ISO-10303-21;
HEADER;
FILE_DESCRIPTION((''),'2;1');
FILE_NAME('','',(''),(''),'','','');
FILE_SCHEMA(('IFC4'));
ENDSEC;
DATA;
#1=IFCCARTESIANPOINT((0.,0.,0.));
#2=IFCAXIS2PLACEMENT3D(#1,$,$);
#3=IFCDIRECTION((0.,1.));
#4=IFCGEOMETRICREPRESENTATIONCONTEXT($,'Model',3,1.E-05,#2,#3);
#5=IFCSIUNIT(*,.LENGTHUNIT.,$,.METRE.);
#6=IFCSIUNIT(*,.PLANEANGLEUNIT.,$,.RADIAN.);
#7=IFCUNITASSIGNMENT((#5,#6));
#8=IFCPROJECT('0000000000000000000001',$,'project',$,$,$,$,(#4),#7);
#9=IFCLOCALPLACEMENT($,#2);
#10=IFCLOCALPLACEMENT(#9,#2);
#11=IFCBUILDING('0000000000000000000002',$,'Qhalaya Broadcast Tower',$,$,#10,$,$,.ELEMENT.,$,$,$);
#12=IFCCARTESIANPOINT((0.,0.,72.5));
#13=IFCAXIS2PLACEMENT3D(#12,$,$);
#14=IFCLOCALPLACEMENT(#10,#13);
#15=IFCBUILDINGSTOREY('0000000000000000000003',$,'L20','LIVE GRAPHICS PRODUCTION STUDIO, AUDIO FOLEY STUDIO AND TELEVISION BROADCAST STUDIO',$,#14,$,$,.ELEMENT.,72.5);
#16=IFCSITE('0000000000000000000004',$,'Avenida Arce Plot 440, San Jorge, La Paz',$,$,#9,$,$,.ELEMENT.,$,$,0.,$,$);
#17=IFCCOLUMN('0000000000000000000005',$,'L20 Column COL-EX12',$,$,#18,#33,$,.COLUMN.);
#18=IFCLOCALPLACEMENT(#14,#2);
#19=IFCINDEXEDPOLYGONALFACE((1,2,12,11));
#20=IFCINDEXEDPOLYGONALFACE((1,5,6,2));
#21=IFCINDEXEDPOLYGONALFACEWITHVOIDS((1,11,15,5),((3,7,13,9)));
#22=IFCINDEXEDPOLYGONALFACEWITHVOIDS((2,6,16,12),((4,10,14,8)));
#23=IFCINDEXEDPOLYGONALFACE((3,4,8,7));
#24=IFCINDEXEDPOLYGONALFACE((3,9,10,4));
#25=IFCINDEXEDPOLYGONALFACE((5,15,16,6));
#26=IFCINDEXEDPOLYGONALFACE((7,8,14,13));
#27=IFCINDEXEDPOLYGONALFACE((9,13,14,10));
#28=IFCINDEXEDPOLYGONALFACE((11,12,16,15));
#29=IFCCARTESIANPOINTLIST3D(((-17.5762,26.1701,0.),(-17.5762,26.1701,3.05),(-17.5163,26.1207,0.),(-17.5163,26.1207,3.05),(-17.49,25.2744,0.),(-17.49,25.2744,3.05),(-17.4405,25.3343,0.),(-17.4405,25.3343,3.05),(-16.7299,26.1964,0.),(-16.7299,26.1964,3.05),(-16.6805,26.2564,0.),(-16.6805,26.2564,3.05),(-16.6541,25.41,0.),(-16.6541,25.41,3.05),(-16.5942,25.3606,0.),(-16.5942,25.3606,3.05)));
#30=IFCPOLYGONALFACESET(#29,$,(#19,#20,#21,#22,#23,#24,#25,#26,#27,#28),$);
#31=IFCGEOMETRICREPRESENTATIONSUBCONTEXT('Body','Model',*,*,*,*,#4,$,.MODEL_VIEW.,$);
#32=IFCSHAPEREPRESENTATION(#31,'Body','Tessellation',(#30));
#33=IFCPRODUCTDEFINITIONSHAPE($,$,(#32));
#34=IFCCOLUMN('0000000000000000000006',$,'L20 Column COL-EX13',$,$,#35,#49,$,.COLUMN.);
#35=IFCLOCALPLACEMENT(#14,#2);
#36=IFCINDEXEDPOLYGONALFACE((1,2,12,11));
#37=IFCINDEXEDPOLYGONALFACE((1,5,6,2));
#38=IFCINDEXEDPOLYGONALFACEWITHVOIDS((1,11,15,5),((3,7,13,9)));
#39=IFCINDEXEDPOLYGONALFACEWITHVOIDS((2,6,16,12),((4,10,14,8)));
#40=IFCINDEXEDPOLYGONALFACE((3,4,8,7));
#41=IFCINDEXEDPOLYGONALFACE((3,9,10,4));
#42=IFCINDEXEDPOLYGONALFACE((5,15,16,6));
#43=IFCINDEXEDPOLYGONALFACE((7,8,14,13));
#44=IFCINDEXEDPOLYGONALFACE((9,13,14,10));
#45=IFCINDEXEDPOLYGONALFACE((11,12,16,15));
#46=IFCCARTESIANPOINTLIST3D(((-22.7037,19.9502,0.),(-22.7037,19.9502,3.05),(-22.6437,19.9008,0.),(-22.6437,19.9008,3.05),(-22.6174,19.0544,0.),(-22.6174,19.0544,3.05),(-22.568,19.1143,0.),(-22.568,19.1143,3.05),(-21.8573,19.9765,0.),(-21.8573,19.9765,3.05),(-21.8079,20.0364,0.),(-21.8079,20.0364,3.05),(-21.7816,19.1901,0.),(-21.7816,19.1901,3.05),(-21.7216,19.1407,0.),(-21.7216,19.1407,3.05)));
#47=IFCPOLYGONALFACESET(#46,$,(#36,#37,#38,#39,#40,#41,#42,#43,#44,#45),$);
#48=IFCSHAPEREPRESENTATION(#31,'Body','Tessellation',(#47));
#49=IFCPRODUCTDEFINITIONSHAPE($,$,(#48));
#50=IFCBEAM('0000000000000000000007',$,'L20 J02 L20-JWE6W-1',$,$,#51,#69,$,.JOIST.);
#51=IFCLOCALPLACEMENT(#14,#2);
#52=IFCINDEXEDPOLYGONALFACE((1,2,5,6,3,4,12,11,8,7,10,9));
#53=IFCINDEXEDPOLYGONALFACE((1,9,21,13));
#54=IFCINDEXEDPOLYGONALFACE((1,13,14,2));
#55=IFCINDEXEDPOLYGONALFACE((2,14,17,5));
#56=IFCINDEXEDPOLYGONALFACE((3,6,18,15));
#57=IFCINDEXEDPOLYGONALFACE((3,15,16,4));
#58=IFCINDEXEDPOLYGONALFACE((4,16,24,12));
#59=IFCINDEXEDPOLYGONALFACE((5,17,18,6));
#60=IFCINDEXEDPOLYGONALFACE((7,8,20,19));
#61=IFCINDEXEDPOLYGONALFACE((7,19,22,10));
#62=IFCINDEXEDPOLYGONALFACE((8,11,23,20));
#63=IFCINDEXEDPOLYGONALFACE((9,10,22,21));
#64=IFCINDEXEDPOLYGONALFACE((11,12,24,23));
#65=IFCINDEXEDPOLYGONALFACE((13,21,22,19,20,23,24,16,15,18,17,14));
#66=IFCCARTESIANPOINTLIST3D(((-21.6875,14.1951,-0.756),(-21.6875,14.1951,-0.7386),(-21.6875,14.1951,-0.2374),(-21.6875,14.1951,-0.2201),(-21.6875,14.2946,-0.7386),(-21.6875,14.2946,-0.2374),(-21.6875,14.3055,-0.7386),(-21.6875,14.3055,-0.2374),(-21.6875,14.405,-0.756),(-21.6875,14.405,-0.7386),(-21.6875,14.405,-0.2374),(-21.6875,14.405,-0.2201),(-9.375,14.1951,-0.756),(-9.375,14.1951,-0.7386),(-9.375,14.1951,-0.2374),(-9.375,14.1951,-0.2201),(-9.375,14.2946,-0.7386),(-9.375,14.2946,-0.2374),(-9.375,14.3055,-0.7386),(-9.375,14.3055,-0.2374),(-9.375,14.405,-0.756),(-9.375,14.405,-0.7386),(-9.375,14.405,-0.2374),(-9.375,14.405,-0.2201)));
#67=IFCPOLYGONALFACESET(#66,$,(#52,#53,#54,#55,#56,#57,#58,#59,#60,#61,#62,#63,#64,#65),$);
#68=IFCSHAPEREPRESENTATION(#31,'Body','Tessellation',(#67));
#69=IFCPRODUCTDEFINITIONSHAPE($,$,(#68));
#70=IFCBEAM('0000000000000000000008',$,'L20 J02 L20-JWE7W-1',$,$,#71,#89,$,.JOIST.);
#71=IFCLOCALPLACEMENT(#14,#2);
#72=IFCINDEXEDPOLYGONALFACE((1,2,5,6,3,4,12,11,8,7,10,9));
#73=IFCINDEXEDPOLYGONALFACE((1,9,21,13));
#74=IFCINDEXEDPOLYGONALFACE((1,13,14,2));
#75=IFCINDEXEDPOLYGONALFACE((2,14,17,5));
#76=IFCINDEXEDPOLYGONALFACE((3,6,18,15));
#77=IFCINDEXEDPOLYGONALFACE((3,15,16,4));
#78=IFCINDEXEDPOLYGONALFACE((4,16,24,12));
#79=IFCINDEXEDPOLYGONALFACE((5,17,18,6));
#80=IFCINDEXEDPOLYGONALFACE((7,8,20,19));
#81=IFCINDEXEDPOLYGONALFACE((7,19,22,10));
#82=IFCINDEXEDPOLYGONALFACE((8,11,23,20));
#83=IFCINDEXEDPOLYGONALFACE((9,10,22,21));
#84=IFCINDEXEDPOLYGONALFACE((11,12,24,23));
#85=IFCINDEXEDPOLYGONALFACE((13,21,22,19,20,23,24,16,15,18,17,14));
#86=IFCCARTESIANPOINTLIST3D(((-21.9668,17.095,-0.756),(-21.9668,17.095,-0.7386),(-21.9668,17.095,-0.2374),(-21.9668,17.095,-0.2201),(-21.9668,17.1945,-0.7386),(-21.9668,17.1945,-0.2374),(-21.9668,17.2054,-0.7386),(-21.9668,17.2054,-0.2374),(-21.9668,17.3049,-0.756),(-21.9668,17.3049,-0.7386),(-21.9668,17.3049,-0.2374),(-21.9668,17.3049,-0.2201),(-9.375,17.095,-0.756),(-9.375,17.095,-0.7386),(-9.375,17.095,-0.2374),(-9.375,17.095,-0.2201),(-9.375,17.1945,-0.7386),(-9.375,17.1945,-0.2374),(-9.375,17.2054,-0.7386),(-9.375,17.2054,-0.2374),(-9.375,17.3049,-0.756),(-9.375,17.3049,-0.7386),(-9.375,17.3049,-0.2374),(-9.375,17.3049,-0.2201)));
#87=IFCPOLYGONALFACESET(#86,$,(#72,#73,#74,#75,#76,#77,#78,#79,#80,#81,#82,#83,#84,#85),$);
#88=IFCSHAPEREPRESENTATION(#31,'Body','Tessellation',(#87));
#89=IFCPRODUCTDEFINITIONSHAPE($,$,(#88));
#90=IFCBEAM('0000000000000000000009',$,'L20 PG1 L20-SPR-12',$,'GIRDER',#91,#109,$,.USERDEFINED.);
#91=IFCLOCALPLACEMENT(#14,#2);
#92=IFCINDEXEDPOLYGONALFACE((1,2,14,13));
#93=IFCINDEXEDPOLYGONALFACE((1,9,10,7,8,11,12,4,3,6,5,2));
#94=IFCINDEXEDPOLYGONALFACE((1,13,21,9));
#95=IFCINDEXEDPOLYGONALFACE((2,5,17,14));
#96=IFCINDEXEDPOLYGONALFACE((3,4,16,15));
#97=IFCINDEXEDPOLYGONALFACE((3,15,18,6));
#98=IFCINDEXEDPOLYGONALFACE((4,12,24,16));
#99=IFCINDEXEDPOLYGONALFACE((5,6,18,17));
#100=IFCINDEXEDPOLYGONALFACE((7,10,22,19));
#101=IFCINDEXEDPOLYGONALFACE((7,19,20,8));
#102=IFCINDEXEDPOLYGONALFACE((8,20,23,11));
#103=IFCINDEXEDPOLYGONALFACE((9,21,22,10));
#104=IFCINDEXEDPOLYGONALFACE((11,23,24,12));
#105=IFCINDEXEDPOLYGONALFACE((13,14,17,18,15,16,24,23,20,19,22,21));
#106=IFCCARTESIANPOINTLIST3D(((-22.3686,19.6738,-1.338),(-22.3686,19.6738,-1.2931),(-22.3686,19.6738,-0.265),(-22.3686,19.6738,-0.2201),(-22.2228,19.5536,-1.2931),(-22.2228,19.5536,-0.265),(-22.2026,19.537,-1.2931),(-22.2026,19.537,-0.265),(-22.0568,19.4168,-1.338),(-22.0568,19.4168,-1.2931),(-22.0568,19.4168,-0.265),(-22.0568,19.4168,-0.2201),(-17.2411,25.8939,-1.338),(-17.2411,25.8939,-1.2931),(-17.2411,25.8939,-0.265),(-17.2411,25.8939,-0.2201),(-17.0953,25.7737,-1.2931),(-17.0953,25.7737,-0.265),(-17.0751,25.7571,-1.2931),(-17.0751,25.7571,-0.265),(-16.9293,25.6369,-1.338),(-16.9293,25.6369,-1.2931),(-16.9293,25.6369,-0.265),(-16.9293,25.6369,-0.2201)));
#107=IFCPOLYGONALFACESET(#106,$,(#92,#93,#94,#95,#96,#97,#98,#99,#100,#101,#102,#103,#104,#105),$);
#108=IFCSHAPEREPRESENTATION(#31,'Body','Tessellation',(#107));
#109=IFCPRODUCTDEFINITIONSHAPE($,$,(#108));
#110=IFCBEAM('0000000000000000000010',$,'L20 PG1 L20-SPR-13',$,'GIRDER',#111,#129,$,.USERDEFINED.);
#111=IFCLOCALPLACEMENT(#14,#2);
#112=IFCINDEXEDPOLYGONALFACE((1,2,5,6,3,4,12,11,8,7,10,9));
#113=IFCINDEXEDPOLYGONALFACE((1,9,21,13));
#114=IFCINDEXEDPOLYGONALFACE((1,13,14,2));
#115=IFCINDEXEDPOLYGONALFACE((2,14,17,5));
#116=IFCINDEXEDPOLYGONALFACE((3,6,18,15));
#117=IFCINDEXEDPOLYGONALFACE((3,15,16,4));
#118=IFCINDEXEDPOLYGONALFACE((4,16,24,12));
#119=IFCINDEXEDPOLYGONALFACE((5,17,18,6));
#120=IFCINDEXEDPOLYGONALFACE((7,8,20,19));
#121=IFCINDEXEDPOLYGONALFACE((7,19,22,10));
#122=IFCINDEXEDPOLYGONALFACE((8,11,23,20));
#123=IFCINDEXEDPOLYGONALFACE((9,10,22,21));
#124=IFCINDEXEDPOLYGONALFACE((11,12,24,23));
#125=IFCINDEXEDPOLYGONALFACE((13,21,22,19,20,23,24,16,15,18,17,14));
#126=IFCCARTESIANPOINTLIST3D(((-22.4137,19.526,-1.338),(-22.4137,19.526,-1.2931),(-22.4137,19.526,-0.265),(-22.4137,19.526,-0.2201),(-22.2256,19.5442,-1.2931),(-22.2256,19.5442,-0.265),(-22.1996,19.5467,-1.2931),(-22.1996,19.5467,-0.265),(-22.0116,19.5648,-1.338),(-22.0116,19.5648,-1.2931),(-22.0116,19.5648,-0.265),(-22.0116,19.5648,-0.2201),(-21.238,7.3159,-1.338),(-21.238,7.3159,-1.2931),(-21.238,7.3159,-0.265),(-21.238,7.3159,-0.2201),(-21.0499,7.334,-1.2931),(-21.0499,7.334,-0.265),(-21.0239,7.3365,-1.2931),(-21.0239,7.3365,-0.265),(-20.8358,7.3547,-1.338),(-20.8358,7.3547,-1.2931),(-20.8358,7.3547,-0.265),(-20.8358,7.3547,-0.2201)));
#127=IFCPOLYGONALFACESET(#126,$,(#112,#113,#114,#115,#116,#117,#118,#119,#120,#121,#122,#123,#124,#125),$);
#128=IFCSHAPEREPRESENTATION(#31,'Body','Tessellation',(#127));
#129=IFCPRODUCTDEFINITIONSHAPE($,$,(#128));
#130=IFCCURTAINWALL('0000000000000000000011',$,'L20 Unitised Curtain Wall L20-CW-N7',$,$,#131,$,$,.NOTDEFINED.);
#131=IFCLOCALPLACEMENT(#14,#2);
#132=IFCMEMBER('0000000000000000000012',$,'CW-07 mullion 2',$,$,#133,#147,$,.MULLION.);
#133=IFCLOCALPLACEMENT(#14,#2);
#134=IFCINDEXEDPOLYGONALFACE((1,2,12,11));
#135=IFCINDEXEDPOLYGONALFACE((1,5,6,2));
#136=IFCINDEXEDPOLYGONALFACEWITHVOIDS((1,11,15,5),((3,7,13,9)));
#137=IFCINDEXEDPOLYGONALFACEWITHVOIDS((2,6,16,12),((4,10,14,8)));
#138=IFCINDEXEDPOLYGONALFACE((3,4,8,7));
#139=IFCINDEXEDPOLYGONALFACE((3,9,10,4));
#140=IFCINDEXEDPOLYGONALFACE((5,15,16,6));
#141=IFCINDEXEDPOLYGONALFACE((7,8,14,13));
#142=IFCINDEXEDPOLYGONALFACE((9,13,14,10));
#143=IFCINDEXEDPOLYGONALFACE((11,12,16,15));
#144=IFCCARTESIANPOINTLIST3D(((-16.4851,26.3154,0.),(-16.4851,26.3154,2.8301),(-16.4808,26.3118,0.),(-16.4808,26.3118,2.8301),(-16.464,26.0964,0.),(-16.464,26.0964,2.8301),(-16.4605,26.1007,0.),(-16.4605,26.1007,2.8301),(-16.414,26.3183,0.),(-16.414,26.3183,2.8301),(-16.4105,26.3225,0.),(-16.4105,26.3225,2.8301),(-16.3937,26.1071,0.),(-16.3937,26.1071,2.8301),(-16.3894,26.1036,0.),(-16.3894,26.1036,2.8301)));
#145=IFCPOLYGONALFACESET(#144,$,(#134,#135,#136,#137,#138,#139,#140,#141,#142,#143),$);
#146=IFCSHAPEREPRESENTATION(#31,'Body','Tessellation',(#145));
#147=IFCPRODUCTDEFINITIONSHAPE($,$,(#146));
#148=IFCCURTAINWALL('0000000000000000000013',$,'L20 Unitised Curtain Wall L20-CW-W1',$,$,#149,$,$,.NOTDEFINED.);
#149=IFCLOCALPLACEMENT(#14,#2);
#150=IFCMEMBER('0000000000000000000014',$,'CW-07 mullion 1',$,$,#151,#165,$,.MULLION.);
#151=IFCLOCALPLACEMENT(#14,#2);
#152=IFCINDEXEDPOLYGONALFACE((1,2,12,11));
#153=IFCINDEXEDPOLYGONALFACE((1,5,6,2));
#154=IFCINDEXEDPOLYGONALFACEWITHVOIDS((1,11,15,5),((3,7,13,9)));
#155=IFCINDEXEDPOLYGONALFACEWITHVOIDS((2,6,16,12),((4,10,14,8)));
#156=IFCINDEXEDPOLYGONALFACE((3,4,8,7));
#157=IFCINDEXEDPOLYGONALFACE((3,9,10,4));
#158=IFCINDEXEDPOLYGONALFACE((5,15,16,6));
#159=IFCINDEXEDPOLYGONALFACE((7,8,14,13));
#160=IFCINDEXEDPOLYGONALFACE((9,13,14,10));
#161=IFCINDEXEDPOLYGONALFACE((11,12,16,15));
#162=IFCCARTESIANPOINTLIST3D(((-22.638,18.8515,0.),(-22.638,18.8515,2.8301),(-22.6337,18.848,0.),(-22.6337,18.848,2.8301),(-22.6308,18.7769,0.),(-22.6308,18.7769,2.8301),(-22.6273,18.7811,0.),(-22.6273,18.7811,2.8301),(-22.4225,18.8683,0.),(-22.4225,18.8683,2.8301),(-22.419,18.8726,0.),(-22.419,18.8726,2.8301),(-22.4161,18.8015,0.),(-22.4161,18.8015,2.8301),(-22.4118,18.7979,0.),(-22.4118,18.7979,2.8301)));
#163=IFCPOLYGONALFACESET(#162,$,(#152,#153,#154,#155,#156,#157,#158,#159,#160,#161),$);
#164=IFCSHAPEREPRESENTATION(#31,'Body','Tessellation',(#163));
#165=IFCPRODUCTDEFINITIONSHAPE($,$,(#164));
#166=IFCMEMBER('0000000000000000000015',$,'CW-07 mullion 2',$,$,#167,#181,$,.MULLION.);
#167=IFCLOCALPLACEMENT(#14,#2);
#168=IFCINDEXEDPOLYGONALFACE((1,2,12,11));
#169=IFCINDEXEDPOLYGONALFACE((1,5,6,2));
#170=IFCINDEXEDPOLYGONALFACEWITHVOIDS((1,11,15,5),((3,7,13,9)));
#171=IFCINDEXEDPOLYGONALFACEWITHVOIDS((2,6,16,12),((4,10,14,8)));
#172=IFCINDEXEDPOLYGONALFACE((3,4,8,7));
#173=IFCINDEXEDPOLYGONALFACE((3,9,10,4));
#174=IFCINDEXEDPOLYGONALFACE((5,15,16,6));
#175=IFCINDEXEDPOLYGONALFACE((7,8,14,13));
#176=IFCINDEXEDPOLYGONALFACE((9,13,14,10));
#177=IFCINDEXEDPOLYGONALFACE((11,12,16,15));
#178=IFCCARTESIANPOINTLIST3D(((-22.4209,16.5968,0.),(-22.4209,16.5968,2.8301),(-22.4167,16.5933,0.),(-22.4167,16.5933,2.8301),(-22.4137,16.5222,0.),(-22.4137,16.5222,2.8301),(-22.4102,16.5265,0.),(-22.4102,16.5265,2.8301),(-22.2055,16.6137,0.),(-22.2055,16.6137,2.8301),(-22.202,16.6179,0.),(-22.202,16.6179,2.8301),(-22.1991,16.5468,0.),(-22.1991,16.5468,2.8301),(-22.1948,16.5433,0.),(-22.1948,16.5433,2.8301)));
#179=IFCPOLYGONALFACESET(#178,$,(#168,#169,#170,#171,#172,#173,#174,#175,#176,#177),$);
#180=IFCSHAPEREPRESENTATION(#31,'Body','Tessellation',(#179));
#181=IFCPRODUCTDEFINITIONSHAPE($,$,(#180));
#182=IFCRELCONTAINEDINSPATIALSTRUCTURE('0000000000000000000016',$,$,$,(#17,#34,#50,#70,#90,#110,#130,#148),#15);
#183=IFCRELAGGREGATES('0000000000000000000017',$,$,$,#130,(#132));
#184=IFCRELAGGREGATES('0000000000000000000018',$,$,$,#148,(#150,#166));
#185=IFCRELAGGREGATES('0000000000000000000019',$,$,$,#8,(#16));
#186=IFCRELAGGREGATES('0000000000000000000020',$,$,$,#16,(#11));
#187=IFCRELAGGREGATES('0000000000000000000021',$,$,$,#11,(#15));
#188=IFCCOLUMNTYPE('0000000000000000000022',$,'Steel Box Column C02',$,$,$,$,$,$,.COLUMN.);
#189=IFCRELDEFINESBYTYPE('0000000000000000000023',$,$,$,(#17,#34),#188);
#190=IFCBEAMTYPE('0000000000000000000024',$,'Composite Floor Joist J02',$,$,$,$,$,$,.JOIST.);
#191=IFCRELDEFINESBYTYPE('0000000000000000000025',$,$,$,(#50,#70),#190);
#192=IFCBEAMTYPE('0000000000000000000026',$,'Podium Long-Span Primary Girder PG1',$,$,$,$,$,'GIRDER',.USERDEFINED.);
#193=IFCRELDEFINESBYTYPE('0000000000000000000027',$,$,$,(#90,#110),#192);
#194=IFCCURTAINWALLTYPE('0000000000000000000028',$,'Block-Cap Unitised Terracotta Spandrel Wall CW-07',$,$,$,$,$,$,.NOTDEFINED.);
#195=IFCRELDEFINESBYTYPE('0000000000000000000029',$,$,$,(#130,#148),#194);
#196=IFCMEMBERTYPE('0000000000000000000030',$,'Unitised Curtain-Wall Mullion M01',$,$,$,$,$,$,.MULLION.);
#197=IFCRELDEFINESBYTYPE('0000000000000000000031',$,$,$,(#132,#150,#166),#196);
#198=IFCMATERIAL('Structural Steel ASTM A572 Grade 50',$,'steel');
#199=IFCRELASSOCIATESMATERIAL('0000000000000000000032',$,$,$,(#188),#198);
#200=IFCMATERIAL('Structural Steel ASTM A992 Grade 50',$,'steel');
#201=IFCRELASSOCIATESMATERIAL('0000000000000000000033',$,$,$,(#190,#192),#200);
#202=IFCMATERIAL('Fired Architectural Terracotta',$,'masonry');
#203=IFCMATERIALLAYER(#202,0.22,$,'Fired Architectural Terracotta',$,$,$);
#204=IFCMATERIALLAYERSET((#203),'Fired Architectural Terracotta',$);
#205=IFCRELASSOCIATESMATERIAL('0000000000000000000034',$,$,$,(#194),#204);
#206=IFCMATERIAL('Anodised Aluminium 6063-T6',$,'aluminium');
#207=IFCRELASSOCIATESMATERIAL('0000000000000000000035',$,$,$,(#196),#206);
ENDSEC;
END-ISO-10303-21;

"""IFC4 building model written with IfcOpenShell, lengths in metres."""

from ifc_helpers import new_model, si_unit, direction, frame, origin, origin_2d, place, context, subcontext, project, spatial, hollow_rectangle, i_section, extrude, material, layer, layer_set, material_profile, profile_set, type_object, element, aggregate, save


model = new_model("IFC4")

# Units and contexts
model_context = context("Model", 3, precision=1e-05, world=origin(), true_north=direction((0.0, 1.0)))
body_context = subcontext(model_context, "Body", "Model", "MODEL_VIEW")
ifc_project = project(units=[si_unit("LENGTHUNIT", "METRE"), si_unit("PLANEANGLEUNIT", "RADIAN")], contexts=[model_context])

# Site, building, storey
site_placement = place(None, origin())
site = spatial("IfcSite", under=ifc_project, at=site_placement, Name="Avenida Arce Plot 440, San Jorge, La Paz", CompositionType="ELEMENT", RefElevation=0.0)
building_placement = place(site_placement, origin())
building = spatial("IfcBuilding", under=site, at=building_placement, Name="Qhalaya Broadcast Tower", CompositionType="ELEMENT")
storey_placement = place(building_placement, frame((0.0, 0.0, 72.5)))
storey = spatial("IfcBuildingStorey", under=building, at=storey_placement, Name="L20", Description="LIVE GRAPHICS PRODUCTION STUDIO, AUDIO FOLEY STUDIO AND TELEVISION BROADCAST STUDIO", CompositionType="ELEMENT", Elevation=72.5)

# Columns
ifc_material_1 = material(Name="Structural Steel ASTM A572 Grade 50", Category="steel")
ifc_material_profile_1 = material_profile(ifc_material_1, hollow_rectangle(XDim=0.8999, YDim=0.8999, WallThickness=0.0549, at=origin_2d()), Name="BOX 900x900x55")
ifc_profile_set_1 = profile_set([ifc_material_profile_1], Name="Structural Steel ASTM A572 Grade 50")
column_type = type_object("IfcColumnType", Name="Steel Box Column C02", PredefinedType="COLUMN", material=ifc_profile_set_1)
for number, where, z_axis, x_axis, name in (
    (1, (-17.0852, 25.7654, 0.0), (0.0, 0.0, 1.0), (0.995396, 0.095846, 0.0), "L20 Column COL-EX12"),
    (2, (-22.2126, 19.5454, 0.0), (0.0, 0.0, 1.0), (-0.095846, 0.995396, 0.0), "L20 Column COL-EX13"),
):
    element("IfcColumn", number, at=place(storey_placement, frame(where, z_axis=z_axis, x_axis=x_axis)), inside=storey, type_object=column_type, Name=name, PredefinedType="COLUMN", context=body_context, shape_type="SweptSolid", body=[
        extrude(hollow_rectangle(XDim=0.8999, YDim=0.8999, WallThickness=0.0549, at=origin_2d()), origin(), (0.0, 0.0, 1.0), 3.05),
    ])

# Beams
ifc_material_2 = material(Name="Structural Steel ASTM A992 Grade 50", Category="steel")
ifc_material_profile_2 = material_profile(ifc_material_2, i_section(OverallWidth=0.21, OverallDepth=0.5359, WebThickness=0.011, FlangeThickness=0.0173, at=origin_2d()), Name="W21X68")
ifc_profile_set_2 = profile_set([ifc_material_profile_2], Name="Structural Steel ASTM A992 Grade 50")
beam_type_1 = type_object("IfcBeamType", Name="Composite Floor Joist J02", PredefinedType="JOIST", material=ifc_profile_set_2)
beam_1_placement = place(storey_placement, frame((-21.6875, 14.3, -0.488), z_axis=(1.0, 0.0, 0.0), x_axis=(0.0, 1.0, 0.0)))
element("IfcBeam", 3, at=beam_1_placement, inside=storey, type_object=beam_type_1, Name="L20 J02 L20-JWE6W-1", PredefinedType="JOIST", context=body_context, shape_type="SweptSolid", body=[
    extrude(i_section(OverallWidth=0.21, OverallDepth=0.5359, WebThickness=0.011, FlangeThickness=0.0173, at=origin_2d()), origin(), (0.0, 0.0, 1.0), 12.3125),
])
beam_2_placement = place(storey_placement, frame((-21.9668, 17.2, -0.488), z_axis=(1.0, 0.0, 0.0), x_axis=(0.0, 1.0, 0.0)))
element("IfcBeam", 4, at=beam_2_placement, inside=storey, type_object=beam_type_1, Name="L20 J02 L20-JWE7W-1", PredefinedType="JOIST", context=body_context, shape_type="SweptSolid", body=[
    extrude(i_section(OverallWidth=0.21, OverallDepth=0.5359, WebThickness=0.011, FlangeThickness=0.0173, at=origin_2d()), origin(), (0.0, 0.0, 1.0), 12.5918),
])
ifc_material_profile_3 = material_profile(ifc_material_2, i_section(OverallWidth=0.4041, OverallDepth=1.1179, WebThickness=0.0261, FlangeThickness=0.0449, at=origin_2d()), Name="W44X335")
ifc_profile_set_3 = profile_set([ifc_material_profile_3], Name="Structural Steel ASTM A992 Grade 50")
beam_type_2 = type_object("IfcBeamType", Name="Podium Long-Span Primary Girder PG1", ElementType="GIRDER", PredefinedType="USERDEFINED", material=ifc_profile_set_3)
beam_3_placement = place(storey_placement, frame((-17.0852, 25.7654, -0.7791), z_axis=(-0.636085, -0.771619, 0.0), x_axis=(0.771619, -0.636085, 0.0)))
element("IfcBeam", 5, at=beam_3_placement, inside=storey, type_object=beam_type_2, Name="L20 PG1 L20-SPR-12", ObjectType="GIRDER", PredefinedType="USERDEFINED", context=body_context, shape_type="SweptSolid", body=[
    extrude(i_section(OverallWidth=0.4041, OverallDepth=1.1179, WebThickness=0.0261, FlangeThickness=0.0449, at=origin_2d()), origin(), (0.0, 0.0, 1.0), 8.061),
])
beam_4_placement = place(storey_placement, frame((-22.2126, 19.5454, -0.7791), z_axis=(0.095852, -0.995396, 0.0), x_axis=(0.995396, 0.095852, 0.0)))
element("IfcBeam", 6, at=beam_4_placement, inside=storey, type_object=beam_type_2, Name="L20 PG1 L20-SPR-13", ObjectType="GIRDER", PredefinedType="USERDEFINED", context=body_context, shape_type="SweptSolid", body=[
    extrude(i_section(OverallWidth=0.4041, OverallDepth=1.1179, WebThickness=0.0261, FlangeThickness=0.0449, at=origin_2d()), origin(), (0.0, 0.0, 1.0), 12.2666),
])

# Curtain wall, member
ifc_material_3 = material(Name="Fired Architectural Terracotta", Category="masonry")
ifc_layer_1 = layer(ifc_material_3, 0.22, Name="Fired Architectural Terracotta")
ifc_layer_set_1 = layer_set([ifc_layer_1], Name="Fired Architectural Terracotta")
curtain_wall_type_1 = type_object("IfcCurtainWallType", Name="Block-Cap Unitised Terracotta Spandrel Wall CW-07", PredefinedType="NOTDEFINED", material=ifc_layer_set_1)
curtain_wall_1_placement = place(storey_placement, origin())
curtain_wall_1 = element("IfcCurtainWall", 7, at=curtain_wall_1_placement, inside=storey, type_object=curtain_wall_type_1, Name="L20 Unitised Curtain Wall L20-CW-N7", PredefinedType="NOTDEFINED")
ifc_material_4 = material(Name="Anodised Aluminium 6063-T6", Category="aluminium")
ifc_material_profile_4 = material_profile(ifc_material_4, hollow_rectangle(XDim=0.075, YDim=0.22, WallThickness=0.0039, at=origin_2d()), Name="ALU-MUL 75x220x4")
ifc_profile_set_4 = profile_set([ifc_material_profile_4], Name="Anodised Aluminium 6063-T6")
member_type_1 = type_object("IfcMemberType", Name="Unitised Curtain-Wall Mullion M01", PredefinedType="MULLION", material=ifc_profile_set_4)
member_1_placement = place(storey_placement, frame((-16.4373, 26.2095, 0.0), z_axis=(0.0, 0.0, 1.0), x_axis=(-0.995396, -0.095846, 0.0)))
member_1 = element("IfcMember", 8, at=member_1_placement, type_object=member_type_1, Name="CW-07 mullion 2", PredefinedType="MULLION", context=body_context, shape_type="SweptSolid", body=[
    extrude(hollow_rectangle(XDim=0.075, YDim=0.22, WallThickness=0.0039, at=origin_2d()), origin(), (0.0, 0.0, 1.0), 2.8301),
])

# Curtain wall, members
curtain_wall_2_placement = place(storey_placement, origin())
curtain_wall_2 = element("IfcCurtainWall", 9, at=curtain_wall_2_placement, inside=storey, type_object=curtain_wall_type_1, Name="L20 Unitised Curtain Wall L20-CW-W1", PredefinedType="NOTDEFINED")
member_2_placement = place(storey_placement, frame((-22.5249, 18.8247, 0.0), z_axis=(0.0, 0.0, 1.0), x_axis=(0.095856, -0.995395, 0.0)))
member_2 = element("IfcMember", 10, at=member_2_placement, type_object=member_type_1, Name="CW-07 mullion 1", PredefinedType="MULLION", context=body_context, shape_type="SweptSolid", body=[
    extrude(hollow_rectangle(XDim=0.075, YDim=0.22, WallThickness=0.0039, at=origin_2d()), origin(), (0.0, 0.0, 1.0), 2.8301),
])
member_3_placement = place(storey_placement, frame((-22.3079, 16.5701, 0.0), z_axis=(0.0, 0.0, 1.0), x_axis=(0.095856, -0.995395, 0.0)))
member_3 = element("IfcMember", 11, at=member_3_placement, type_object=member_type_1, Name="CW-07 mullion 2", PredefinedType="MULLION", context=body_context, shape_type="SweptSolid", body=[
    extrude(hollow_rectangle(XDim=0.075, YDim=0.22, WallThickness=0.0039, at=origin_2d()), origin(), (0.0, 0.0, 1.0), 2.8301),
])

aggregate(curtain_wall_1, [member_1])
aggregate(curtain_wall_2, [member_2, member_3])

save(model, "model.ifc")
